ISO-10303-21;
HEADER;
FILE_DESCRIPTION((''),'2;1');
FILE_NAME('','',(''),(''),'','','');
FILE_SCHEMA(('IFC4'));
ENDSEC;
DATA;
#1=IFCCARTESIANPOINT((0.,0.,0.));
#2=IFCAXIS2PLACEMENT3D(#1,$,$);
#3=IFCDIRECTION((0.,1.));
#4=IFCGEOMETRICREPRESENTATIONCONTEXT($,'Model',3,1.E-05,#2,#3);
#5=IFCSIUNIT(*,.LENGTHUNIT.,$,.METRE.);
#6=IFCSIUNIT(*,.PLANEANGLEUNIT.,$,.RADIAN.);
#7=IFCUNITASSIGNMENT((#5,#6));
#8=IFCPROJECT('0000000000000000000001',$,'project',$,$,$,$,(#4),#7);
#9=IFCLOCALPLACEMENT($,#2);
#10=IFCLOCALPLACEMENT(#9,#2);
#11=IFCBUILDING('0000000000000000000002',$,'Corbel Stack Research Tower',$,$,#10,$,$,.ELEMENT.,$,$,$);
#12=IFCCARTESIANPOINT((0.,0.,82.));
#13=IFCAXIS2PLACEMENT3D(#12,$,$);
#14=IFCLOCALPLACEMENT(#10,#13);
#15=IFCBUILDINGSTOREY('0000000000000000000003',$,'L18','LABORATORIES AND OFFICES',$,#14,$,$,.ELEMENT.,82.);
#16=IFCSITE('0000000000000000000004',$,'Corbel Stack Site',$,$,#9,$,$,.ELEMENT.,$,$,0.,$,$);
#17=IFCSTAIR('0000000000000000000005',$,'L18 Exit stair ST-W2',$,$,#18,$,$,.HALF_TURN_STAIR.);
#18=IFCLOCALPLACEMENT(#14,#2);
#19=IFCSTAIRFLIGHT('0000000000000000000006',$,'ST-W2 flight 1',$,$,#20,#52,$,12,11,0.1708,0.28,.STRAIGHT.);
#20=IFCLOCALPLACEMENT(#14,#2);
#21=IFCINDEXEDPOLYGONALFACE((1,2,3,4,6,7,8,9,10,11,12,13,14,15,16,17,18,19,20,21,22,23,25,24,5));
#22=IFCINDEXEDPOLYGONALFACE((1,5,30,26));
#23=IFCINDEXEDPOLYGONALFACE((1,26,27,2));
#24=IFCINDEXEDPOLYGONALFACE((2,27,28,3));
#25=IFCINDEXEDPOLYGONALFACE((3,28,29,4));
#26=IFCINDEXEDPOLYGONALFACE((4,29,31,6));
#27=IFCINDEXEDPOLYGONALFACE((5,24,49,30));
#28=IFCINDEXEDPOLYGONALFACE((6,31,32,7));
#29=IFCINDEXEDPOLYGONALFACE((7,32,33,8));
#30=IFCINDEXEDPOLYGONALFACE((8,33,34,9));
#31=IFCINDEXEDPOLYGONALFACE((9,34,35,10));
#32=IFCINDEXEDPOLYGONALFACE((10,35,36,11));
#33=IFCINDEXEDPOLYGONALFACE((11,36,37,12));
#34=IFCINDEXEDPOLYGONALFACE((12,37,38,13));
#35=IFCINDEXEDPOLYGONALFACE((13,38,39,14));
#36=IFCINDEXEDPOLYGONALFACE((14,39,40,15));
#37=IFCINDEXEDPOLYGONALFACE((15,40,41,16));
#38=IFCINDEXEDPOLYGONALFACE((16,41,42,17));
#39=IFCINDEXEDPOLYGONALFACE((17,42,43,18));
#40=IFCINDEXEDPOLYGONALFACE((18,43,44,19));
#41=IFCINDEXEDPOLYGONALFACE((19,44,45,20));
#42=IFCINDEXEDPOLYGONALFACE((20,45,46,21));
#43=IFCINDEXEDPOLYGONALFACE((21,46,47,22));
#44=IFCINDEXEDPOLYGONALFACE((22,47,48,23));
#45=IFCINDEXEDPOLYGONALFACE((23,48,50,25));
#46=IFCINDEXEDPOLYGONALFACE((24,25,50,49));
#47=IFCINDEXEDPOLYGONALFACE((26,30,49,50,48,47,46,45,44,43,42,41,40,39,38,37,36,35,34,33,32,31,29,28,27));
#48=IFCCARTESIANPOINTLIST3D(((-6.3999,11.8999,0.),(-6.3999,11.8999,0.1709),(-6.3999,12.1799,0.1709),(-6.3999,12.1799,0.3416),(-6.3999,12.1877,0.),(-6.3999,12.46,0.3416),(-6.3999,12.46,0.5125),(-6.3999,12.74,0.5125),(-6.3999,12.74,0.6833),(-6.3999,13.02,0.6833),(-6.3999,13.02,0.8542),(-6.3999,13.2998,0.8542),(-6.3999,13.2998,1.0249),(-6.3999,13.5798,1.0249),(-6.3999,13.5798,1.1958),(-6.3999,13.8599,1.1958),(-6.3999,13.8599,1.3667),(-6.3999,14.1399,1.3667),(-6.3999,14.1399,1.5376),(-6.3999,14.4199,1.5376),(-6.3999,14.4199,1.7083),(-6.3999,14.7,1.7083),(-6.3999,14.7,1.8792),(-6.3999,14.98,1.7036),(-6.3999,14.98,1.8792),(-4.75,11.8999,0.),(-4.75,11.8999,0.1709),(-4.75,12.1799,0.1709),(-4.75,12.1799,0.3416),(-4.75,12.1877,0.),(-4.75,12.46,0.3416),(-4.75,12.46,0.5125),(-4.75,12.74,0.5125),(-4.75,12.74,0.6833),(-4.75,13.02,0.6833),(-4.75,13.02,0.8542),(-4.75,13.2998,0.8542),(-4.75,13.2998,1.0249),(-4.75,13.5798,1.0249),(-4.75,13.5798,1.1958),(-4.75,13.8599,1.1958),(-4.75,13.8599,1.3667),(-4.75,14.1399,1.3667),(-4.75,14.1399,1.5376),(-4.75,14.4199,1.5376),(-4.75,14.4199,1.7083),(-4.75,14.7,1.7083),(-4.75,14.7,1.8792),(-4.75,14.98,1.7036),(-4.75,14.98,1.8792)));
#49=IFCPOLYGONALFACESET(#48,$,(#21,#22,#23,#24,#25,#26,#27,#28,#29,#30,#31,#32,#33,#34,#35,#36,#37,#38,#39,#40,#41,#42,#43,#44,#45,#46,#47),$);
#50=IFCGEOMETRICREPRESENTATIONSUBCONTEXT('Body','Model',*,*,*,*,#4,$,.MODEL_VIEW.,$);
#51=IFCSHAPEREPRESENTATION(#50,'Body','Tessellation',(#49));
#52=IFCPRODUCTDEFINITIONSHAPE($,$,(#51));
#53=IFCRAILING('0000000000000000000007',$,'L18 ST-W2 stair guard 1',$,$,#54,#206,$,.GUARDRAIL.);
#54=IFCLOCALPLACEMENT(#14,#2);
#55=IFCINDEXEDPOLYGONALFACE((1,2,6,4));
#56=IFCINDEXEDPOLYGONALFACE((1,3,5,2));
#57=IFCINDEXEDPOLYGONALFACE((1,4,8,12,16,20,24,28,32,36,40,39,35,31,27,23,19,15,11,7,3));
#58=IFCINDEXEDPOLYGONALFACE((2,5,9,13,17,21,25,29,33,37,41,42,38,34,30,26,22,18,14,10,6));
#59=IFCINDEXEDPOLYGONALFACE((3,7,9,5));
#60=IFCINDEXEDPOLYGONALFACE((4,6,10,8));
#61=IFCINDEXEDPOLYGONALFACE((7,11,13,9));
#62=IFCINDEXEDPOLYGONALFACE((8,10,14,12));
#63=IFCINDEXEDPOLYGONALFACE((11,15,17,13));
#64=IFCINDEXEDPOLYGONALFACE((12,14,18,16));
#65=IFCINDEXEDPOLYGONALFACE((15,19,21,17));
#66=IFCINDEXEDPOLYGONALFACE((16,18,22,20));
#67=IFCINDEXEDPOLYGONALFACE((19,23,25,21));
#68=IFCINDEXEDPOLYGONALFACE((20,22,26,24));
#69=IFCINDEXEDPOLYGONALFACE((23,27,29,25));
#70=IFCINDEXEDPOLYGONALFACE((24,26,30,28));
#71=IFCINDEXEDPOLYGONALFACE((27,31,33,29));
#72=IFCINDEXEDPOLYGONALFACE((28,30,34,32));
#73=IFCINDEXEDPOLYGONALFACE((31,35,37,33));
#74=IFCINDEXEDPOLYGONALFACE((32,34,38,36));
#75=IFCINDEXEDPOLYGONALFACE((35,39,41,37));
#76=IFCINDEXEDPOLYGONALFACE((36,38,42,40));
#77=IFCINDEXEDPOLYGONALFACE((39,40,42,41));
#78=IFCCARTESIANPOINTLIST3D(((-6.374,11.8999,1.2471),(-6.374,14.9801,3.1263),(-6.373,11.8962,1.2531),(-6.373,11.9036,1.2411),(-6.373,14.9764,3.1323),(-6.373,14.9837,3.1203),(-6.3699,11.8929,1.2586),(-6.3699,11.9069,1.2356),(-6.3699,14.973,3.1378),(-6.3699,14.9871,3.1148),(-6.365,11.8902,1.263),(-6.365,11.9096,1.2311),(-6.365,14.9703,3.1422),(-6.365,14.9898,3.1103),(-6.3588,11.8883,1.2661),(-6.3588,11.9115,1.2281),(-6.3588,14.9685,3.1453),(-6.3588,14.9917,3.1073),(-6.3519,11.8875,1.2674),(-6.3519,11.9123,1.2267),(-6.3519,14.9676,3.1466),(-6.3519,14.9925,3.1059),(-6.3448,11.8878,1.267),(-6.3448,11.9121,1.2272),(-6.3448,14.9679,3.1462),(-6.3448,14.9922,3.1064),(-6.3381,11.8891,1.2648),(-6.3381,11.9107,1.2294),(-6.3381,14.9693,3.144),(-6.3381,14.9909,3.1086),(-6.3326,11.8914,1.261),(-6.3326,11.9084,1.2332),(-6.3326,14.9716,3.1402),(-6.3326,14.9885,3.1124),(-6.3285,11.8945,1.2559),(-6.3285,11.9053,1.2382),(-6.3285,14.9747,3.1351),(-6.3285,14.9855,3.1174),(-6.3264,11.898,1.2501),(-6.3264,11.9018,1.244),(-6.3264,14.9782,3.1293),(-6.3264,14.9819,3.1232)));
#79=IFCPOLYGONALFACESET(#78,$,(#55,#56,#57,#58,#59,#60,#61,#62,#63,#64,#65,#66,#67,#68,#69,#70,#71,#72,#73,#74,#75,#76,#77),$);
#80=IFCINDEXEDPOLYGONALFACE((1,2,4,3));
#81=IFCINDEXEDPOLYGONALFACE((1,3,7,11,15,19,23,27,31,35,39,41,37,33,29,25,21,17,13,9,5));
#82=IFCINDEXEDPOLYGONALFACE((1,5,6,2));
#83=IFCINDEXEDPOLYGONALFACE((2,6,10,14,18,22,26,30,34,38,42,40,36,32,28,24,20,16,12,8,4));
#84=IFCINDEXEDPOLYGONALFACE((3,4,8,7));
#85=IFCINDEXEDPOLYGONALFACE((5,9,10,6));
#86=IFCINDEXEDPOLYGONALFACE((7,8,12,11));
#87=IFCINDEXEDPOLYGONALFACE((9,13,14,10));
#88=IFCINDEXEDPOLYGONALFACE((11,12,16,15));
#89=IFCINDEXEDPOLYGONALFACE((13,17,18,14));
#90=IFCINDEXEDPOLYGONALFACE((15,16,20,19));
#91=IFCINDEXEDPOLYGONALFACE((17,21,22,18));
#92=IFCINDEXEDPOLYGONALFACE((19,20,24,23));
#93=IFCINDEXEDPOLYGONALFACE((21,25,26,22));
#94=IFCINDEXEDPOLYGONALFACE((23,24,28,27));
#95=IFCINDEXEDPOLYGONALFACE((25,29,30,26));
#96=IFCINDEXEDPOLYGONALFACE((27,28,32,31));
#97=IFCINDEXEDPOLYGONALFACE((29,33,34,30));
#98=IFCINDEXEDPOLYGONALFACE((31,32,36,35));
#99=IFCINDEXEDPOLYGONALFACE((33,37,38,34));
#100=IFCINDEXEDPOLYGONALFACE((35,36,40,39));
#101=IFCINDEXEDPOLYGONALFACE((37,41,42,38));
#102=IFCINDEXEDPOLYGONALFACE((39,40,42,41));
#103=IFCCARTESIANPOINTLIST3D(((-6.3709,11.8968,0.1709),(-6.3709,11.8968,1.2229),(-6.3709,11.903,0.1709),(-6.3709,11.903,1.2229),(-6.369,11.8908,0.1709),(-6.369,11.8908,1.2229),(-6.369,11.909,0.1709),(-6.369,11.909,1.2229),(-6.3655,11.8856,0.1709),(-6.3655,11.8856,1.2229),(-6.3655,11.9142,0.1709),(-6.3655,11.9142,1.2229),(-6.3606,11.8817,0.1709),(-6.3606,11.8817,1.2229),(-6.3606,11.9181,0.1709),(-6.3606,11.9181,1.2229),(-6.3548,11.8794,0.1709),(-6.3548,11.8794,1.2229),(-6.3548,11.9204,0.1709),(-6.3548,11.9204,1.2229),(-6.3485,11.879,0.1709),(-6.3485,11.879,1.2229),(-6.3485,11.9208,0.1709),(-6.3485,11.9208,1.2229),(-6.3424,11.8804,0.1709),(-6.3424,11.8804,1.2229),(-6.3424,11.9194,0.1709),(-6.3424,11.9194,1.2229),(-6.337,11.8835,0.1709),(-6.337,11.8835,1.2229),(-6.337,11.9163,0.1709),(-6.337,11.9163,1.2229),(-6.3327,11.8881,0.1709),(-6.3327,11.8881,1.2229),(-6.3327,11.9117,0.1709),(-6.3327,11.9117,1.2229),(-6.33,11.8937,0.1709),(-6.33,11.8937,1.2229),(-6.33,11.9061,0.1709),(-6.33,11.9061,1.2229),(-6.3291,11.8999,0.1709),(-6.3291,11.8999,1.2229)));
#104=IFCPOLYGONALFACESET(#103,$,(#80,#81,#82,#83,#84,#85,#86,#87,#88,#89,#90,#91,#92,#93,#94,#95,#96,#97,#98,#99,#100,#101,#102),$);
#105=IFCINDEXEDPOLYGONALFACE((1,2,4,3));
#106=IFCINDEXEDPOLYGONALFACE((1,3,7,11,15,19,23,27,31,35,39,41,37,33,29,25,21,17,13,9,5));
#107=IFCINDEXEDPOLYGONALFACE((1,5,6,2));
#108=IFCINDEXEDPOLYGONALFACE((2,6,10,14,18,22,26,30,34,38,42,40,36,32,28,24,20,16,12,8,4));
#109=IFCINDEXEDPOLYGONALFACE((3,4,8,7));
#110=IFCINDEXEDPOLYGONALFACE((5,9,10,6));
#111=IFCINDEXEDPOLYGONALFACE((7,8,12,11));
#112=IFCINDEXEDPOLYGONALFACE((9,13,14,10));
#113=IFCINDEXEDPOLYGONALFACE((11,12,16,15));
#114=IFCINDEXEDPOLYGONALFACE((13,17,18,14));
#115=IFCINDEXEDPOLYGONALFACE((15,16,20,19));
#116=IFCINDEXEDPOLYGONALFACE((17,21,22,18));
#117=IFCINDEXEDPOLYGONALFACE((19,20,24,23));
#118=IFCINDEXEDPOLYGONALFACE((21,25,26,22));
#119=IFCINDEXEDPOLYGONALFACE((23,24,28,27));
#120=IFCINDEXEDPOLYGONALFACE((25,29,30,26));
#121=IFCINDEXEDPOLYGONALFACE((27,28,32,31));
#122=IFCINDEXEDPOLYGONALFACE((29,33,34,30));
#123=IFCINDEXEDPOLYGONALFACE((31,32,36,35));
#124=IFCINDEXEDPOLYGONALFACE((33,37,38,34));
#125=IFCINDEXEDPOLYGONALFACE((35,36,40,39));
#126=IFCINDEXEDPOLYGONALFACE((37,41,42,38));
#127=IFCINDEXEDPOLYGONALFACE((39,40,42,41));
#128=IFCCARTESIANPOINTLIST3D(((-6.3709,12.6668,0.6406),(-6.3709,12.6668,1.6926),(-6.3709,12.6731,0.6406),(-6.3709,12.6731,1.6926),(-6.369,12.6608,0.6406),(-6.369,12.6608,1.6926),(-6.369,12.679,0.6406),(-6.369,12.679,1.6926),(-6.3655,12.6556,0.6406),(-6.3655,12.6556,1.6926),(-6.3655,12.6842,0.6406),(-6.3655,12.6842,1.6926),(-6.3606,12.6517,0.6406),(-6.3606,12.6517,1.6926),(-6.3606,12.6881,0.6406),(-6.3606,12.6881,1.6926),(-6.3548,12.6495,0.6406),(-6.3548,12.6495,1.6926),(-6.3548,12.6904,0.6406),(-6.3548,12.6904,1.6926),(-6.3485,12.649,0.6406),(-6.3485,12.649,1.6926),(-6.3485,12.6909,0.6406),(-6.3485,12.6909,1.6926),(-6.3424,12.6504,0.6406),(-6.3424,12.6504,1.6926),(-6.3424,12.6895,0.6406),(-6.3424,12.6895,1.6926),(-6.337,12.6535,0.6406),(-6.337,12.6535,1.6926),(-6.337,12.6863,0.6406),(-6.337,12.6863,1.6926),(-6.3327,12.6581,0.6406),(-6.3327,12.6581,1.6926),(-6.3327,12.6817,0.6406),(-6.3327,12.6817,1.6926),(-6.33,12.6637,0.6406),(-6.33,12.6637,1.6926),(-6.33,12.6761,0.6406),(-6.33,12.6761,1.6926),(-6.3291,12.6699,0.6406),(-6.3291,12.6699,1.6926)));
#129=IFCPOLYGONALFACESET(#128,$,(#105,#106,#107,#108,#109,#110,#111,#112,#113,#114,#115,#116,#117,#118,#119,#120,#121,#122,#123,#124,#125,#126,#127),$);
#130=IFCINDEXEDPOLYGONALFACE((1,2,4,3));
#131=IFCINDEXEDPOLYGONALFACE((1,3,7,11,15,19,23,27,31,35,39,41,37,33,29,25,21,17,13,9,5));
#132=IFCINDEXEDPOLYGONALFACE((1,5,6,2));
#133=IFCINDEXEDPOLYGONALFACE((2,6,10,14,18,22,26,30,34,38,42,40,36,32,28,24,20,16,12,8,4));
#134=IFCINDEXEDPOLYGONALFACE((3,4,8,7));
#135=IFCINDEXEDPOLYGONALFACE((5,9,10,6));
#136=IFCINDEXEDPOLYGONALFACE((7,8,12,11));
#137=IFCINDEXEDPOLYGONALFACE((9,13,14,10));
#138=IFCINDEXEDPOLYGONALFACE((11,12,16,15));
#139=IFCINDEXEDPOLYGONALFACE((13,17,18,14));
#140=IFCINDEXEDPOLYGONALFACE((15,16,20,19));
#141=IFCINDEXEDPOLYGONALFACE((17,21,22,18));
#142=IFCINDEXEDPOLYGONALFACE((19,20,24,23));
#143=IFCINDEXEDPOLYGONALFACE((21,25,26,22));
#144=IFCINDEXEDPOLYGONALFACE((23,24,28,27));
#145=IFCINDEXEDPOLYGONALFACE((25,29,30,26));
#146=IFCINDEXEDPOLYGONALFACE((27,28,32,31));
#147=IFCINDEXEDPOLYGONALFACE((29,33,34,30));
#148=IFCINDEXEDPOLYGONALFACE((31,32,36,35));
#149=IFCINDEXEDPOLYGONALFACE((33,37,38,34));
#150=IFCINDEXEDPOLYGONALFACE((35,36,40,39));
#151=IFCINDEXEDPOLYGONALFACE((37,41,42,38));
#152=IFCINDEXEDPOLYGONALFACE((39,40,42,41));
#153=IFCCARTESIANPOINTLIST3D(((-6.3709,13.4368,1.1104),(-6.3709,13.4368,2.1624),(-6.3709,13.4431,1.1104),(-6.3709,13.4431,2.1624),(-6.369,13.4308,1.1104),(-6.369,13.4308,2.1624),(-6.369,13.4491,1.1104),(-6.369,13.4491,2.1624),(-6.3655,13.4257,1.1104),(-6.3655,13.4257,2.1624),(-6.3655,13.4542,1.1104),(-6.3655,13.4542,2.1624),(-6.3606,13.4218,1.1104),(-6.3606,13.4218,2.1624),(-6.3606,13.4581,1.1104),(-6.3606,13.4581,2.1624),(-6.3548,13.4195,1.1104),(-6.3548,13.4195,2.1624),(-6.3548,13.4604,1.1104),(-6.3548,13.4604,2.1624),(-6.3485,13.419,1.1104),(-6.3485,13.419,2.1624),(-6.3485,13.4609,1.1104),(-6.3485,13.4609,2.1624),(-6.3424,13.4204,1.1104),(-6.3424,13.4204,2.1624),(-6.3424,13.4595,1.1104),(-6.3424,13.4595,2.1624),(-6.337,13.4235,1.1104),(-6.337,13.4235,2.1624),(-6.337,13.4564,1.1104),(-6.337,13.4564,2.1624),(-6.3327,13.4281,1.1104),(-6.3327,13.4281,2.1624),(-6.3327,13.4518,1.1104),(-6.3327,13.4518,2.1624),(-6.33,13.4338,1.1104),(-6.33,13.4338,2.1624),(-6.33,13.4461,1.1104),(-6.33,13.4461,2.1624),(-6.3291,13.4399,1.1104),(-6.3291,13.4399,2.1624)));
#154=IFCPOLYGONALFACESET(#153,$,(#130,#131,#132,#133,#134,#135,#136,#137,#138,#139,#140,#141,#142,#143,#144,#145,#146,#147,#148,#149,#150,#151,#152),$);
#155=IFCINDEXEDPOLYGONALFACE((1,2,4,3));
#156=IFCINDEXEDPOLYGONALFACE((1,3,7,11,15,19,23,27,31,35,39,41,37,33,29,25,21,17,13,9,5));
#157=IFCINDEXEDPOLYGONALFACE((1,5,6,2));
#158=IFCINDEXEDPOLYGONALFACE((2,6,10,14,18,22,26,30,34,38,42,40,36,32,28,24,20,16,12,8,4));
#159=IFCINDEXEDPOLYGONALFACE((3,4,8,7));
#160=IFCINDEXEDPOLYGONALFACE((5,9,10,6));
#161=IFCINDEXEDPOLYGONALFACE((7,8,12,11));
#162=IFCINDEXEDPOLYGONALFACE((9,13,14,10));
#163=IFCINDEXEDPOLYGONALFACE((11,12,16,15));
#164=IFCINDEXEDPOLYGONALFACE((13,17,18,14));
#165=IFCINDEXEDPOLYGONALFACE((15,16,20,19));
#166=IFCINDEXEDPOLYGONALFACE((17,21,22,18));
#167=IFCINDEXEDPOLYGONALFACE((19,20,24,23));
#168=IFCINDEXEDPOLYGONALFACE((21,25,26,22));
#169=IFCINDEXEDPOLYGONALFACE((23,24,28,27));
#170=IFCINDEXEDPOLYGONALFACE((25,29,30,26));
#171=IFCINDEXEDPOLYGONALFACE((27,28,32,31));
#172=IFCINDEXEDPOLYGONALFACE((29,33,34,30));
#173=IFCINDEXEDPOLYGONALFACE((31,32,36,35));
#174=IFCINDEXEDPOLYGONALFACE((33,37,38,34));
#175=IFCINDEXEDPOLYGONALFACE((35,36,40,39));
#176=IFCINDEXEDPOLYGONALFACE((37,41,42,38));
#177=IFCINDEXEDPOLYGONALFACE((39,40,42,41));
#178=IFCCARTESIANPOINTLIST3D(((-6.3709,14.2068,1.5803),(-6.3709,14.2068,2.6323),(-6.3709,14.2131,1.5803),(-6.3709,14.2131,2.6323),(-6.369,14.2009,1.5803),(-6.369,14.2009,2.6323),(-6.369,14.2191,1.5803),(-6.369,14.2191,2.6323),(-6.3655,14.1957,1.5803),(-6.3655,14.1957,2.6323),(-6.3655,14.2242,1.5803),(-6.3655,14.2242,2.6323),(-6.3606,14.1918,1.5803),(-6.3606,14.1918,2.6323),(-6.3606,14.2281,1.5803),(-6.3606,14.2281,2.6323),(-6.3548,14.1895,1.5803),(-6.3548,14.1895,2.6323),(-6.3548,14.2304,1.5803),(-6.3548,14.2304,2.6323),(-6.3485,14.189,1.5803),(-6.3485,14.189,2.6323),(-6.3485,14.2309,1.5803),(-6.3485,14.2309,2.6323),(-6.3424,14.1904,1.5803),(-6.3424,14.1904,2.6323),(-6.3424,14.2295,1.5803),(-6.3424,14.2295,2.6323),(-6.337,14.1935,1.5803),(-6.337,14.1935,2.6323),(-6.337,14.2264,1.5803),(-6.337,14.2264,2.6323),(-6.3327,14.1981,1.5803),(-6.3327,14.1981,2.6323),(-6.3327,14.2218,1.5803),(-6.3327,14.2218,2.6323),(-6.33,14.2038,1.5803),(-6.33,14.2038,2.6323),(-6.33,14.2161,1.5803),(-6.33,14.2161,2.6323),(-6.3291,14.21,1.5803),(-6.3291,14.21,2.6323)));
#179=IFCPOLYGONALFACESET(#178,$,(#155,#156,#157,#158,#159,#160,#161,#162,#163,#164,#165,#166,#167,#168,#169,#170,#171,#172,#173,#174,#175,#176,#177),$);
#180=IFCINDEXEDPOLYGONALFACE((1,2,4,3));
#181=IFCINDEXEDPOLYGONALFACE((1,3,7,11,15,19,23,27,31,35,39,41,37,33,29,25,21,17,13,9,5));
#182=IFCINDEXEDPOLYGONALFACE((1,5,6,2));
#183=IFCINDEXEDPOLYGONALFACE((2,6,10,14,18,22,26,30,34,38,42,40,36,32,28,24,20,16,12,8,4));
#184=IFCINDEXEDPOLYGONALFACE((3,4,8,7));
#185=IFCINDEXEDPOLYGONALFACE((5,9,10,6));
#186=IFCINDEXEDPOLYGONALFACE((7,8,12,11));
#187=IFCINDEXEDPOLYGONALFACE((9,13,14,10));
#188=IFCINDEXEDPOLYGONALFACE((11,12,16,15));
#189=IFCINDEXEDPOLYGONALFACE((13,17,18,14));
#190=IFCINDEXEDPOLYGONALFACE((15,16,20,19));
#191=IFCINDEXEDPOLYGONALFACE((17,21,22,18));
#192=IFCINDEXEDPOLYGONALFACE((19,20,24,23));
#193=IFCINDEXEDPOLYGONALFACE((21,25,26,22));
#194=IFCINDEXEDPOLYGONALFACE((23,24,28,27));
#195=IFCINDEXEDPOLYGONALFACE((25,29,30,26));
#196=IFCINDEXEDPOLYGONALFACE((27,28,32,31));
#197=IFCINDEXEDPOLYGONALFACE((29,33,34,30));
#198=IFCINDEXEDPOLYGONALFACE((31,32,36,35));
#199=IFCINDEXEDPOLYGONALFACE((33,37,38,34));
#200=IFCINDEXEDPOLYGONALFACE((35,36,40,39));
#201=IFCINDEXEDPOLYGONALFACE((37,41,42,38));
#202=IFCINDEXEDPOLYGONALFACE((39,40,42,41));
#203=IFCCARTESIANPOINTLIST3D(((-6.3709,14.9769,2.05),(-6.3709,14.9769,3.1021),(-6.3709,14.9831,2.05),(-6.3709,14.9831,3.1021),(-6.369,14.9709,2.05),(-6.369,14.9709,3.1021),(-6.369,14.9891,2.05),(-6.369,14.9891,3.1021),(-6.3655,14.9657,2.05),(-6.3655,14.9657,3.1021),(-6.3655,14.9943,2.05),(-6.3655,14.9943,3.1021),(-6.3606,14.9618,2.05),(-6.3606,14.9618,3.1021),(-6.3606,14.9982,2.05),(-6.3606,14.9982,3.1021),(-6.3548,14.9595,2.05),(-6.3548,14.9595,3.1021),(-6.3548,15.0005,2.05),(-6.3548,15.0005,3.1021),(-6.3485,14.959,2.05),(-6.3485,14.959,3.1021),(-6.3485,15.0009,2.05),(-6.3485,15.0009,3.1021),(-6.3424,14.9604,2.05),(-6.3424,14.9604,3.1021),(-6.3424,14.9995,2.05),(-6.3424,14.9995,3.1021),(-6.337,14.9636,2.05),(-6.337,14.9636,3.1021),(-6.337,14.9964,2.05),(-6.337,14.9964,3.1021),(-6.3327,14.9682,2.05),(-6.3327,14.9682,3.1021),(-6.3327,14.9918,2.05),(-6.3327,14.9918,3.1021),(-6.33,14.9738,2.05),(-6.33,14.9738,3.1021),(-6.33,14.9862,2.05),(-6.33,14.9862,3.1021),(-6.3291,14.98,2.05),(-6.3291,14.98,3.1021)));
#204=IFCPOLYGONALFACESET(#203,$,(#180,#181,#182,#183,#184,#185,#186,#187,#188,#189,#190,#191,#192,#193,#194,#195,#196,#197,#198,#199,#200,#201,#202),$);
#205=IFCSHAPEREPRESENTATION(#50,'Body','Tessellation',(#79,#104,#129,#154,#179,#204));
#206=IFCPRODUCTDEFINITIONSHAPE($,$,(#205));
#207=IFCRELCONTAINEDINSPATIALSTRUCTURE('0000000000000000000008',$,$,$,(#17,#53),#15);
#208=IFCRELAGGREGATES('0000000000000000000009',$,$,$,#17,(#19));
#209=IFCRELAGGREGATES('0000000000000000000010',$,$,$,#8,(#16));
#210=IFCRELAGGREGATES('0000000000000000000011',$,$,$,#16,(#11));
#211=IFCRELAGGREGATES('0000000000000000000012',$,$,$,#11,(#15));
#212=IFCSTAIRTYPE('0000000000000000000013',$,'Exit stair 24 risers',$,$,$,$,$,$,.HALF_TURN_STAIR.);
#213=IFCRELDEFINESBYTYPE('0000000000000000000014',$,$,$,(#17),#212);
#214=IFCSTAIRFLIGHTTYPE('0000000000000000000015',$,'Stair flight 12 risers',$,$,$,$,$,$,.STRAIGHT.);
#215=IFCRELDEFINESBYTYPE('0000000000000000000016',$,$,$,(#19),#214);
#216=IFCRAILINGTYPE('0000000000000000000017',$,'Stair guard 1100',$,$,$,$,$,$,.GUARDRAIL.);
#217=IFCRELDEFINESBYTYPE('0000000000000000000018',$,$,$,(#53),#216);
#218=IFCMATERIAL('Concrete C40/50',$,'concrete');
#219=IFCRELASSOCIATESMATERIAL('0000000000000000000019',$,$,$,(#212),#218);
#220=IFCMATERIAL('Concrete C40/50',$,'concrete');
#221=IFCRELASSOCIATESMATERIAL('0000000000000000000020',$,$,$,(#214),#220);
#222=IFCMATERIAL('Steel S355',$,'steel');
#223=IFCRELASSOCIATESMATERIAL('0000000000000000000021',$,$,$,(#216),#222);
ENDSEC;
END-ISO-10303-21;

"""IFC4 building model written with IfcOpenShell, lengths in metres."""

from ifc_helpers import new_model, si_unit, direction, frame, origin, origin_2d, place, context, subcontext, project, spatial, polyline, circle, outline, extrude, material, type_object, element, aggregate, save


model = new_model("IFC4")

# Units and contexts
model_context = context("Model", 3, precision=1e-05, world=origin(), true_north=direction((0.0, 1.0)))
body_context = subcontext(model_context, "Body", "Model", "MODEL_VIEW")
ifc_project = project(units=[si_unit("LENGTHUNIT", "METRE"), si_unit("PLANEANGLEUNIT", "RADIAN")], contexts=[model_context])

# Site, building, storey
site_placement = place(None, origin())
site = spatial("IfcSite", under=ifc_project, at=site_placement, Name="Corbel Stack Site", CompositionType="ELEMENT", RefElevation=0.0)
building_placement = place(site_placement, origin())
building = spatial("IfcBuilding", under=site, at=building_placement, Name="Corbel Stack Research Tower", CompositionType="ELEMENT")
storey_placement = place(building_placement, frame((0.0, 0.0, 82.0)))
storey = spatial("IfcBuildingStorey", under=building, at=storey_placement, Name="L18", Description="LABORATORIES AND OFFICES", CompositionType="ELEMENT", Elevation=82.0)

# Stair
ifc_material_1 = material(Name="Concrete C40/50", Category="concrete")
stair_type = type_object("IfcStairType", Name="Exit stair 24 risers", PredefinedType="HALF_TURN_STAIR", material=ifc_material_1)
stair_1_placement = place(storey_placement, origin())
stair_1 = element("IfcStair", 1, at=stair_1_placement, inside=storey, type_object=stair_type, Name="L18 Exit stair ST-W2", PredefinedType="HALF_TURN_STAIR")

# Stair flight
ifc_material_2 = material(Name="Concrete C40/50", Category="concrete")
stair_flight_type = type_object("IfcStairFlightType", Name="Stair flight 12 risers", PredefinedType="STRAIGHT", material=ifc_material_2)
stair_flight_placement = place(storey_placement, frame((-5.575, 11.8999, 0.0), z_axis=(0.0, 0.0, 1.0), x_axis=(0.0, 1.0, 0.0)))
stair_flight = element("IfcStairFlight", 2, at=stair_flight_placement, type_object=stair_flight_type, Name="ST-W2 flight 1", NumberOfRisers=12, NumberOfTreads=11, PredefinedType="STRAIGHT", RiserHeight=0.1708, TreadLength=0.28, context=body_context, shape_type="SweptSolid", body=[
    extrude(outline(polyline([(0.0, 0.0), (0.0, 0.1709), (0.28, 0.1709), (0.28, 0.3416), (0.5601, 0.3416), (0.5601, 0.5125), (0.8401, 0.5125), (0.8401, 0.6833), (1.1201, 0.6833), (1.1201, 0.8542), (1.3999, 0.8542), (1.3999, 1.0249), (1.6799, 1.0249), (1.6799, 1.1958), (1.96, 1.1958), (1.96, 1.3667), (2.24, 1.3667), (2.24, 1.5376), (2.52, 1.5376), (2.52, 1.7083), (2.8, 1.7083), (2.8, 1.8792), (3.0801, 1.8792), (3.0801, 2.05), (3.0801, 1.7036), (0.2878, 0.0), (0.0, 0.0)])), frame((0.0, 0.825, 0.0), z_axis=(0.0, -1.0, 0.0), x_axis=(1.0, 0.0, 0.0)), (0.0, 0.0, 1.0), 1.6499),
])
aggregate(stair_1, [stair_flight])

# Railing
ifc_material_3 = material(Name="Steel S355", Category="steel")
railing_type_1 = type_object("IfcRailingType", Name="Stair guard 1100", PredefinedType="GUARDRAIL", material=ifc_material_3)
railing_1_placement = place(storey_placement, frame((-6.3501, 11.8999, 0.1709)))
element("IfcRailing", 3, at=railing_1_placement, inside=storey, type_object=railing_type_1, Name="L18 ST-W2 stair guard 1", PredefinedType="GUARDRAIL", context=body_context, shape_type="SweptSolid", body=[
    extrude(circle(Radius=0.0239, at=origin_2d()), frame((0.0, 0.0, 1.0762), z_axis=(0.0, 0.853666, 0.52082), x_axis=(-1.0, 0.0, 0.0)), (0.0, 0.0, 1.0), 3.6082),
    extrude(circle(Radius=0.021, at=origin_2d()), origin(), (0.0, 0.0, 1.0), 1.052),
    extrude(circle(Radius=0.021, at=origin_2d()), frame((0.0, 0.77, 0.4697)), (0.0, 0.0, 1.0), 1.052),
    extrude(circle(Radius=0.021, at=origin_2d()), frame((0.0, 1.54, 0.9395)), (0.0, 0.0, 1.0), 1.052),
    extrude(circle(Radius=0.021, at=origin_2d()), frame((0.0, 2.3101, 1.4094)), (0.0, 0.0, 1.0), 1.052),
    extrude(circle(Radius=0.021, at=origin_2d()), frame((0.0, 3.0801, 1.8792)), (0.0, 0.0, 1.0), 1.052),
])

save(model, "model.ifc")
